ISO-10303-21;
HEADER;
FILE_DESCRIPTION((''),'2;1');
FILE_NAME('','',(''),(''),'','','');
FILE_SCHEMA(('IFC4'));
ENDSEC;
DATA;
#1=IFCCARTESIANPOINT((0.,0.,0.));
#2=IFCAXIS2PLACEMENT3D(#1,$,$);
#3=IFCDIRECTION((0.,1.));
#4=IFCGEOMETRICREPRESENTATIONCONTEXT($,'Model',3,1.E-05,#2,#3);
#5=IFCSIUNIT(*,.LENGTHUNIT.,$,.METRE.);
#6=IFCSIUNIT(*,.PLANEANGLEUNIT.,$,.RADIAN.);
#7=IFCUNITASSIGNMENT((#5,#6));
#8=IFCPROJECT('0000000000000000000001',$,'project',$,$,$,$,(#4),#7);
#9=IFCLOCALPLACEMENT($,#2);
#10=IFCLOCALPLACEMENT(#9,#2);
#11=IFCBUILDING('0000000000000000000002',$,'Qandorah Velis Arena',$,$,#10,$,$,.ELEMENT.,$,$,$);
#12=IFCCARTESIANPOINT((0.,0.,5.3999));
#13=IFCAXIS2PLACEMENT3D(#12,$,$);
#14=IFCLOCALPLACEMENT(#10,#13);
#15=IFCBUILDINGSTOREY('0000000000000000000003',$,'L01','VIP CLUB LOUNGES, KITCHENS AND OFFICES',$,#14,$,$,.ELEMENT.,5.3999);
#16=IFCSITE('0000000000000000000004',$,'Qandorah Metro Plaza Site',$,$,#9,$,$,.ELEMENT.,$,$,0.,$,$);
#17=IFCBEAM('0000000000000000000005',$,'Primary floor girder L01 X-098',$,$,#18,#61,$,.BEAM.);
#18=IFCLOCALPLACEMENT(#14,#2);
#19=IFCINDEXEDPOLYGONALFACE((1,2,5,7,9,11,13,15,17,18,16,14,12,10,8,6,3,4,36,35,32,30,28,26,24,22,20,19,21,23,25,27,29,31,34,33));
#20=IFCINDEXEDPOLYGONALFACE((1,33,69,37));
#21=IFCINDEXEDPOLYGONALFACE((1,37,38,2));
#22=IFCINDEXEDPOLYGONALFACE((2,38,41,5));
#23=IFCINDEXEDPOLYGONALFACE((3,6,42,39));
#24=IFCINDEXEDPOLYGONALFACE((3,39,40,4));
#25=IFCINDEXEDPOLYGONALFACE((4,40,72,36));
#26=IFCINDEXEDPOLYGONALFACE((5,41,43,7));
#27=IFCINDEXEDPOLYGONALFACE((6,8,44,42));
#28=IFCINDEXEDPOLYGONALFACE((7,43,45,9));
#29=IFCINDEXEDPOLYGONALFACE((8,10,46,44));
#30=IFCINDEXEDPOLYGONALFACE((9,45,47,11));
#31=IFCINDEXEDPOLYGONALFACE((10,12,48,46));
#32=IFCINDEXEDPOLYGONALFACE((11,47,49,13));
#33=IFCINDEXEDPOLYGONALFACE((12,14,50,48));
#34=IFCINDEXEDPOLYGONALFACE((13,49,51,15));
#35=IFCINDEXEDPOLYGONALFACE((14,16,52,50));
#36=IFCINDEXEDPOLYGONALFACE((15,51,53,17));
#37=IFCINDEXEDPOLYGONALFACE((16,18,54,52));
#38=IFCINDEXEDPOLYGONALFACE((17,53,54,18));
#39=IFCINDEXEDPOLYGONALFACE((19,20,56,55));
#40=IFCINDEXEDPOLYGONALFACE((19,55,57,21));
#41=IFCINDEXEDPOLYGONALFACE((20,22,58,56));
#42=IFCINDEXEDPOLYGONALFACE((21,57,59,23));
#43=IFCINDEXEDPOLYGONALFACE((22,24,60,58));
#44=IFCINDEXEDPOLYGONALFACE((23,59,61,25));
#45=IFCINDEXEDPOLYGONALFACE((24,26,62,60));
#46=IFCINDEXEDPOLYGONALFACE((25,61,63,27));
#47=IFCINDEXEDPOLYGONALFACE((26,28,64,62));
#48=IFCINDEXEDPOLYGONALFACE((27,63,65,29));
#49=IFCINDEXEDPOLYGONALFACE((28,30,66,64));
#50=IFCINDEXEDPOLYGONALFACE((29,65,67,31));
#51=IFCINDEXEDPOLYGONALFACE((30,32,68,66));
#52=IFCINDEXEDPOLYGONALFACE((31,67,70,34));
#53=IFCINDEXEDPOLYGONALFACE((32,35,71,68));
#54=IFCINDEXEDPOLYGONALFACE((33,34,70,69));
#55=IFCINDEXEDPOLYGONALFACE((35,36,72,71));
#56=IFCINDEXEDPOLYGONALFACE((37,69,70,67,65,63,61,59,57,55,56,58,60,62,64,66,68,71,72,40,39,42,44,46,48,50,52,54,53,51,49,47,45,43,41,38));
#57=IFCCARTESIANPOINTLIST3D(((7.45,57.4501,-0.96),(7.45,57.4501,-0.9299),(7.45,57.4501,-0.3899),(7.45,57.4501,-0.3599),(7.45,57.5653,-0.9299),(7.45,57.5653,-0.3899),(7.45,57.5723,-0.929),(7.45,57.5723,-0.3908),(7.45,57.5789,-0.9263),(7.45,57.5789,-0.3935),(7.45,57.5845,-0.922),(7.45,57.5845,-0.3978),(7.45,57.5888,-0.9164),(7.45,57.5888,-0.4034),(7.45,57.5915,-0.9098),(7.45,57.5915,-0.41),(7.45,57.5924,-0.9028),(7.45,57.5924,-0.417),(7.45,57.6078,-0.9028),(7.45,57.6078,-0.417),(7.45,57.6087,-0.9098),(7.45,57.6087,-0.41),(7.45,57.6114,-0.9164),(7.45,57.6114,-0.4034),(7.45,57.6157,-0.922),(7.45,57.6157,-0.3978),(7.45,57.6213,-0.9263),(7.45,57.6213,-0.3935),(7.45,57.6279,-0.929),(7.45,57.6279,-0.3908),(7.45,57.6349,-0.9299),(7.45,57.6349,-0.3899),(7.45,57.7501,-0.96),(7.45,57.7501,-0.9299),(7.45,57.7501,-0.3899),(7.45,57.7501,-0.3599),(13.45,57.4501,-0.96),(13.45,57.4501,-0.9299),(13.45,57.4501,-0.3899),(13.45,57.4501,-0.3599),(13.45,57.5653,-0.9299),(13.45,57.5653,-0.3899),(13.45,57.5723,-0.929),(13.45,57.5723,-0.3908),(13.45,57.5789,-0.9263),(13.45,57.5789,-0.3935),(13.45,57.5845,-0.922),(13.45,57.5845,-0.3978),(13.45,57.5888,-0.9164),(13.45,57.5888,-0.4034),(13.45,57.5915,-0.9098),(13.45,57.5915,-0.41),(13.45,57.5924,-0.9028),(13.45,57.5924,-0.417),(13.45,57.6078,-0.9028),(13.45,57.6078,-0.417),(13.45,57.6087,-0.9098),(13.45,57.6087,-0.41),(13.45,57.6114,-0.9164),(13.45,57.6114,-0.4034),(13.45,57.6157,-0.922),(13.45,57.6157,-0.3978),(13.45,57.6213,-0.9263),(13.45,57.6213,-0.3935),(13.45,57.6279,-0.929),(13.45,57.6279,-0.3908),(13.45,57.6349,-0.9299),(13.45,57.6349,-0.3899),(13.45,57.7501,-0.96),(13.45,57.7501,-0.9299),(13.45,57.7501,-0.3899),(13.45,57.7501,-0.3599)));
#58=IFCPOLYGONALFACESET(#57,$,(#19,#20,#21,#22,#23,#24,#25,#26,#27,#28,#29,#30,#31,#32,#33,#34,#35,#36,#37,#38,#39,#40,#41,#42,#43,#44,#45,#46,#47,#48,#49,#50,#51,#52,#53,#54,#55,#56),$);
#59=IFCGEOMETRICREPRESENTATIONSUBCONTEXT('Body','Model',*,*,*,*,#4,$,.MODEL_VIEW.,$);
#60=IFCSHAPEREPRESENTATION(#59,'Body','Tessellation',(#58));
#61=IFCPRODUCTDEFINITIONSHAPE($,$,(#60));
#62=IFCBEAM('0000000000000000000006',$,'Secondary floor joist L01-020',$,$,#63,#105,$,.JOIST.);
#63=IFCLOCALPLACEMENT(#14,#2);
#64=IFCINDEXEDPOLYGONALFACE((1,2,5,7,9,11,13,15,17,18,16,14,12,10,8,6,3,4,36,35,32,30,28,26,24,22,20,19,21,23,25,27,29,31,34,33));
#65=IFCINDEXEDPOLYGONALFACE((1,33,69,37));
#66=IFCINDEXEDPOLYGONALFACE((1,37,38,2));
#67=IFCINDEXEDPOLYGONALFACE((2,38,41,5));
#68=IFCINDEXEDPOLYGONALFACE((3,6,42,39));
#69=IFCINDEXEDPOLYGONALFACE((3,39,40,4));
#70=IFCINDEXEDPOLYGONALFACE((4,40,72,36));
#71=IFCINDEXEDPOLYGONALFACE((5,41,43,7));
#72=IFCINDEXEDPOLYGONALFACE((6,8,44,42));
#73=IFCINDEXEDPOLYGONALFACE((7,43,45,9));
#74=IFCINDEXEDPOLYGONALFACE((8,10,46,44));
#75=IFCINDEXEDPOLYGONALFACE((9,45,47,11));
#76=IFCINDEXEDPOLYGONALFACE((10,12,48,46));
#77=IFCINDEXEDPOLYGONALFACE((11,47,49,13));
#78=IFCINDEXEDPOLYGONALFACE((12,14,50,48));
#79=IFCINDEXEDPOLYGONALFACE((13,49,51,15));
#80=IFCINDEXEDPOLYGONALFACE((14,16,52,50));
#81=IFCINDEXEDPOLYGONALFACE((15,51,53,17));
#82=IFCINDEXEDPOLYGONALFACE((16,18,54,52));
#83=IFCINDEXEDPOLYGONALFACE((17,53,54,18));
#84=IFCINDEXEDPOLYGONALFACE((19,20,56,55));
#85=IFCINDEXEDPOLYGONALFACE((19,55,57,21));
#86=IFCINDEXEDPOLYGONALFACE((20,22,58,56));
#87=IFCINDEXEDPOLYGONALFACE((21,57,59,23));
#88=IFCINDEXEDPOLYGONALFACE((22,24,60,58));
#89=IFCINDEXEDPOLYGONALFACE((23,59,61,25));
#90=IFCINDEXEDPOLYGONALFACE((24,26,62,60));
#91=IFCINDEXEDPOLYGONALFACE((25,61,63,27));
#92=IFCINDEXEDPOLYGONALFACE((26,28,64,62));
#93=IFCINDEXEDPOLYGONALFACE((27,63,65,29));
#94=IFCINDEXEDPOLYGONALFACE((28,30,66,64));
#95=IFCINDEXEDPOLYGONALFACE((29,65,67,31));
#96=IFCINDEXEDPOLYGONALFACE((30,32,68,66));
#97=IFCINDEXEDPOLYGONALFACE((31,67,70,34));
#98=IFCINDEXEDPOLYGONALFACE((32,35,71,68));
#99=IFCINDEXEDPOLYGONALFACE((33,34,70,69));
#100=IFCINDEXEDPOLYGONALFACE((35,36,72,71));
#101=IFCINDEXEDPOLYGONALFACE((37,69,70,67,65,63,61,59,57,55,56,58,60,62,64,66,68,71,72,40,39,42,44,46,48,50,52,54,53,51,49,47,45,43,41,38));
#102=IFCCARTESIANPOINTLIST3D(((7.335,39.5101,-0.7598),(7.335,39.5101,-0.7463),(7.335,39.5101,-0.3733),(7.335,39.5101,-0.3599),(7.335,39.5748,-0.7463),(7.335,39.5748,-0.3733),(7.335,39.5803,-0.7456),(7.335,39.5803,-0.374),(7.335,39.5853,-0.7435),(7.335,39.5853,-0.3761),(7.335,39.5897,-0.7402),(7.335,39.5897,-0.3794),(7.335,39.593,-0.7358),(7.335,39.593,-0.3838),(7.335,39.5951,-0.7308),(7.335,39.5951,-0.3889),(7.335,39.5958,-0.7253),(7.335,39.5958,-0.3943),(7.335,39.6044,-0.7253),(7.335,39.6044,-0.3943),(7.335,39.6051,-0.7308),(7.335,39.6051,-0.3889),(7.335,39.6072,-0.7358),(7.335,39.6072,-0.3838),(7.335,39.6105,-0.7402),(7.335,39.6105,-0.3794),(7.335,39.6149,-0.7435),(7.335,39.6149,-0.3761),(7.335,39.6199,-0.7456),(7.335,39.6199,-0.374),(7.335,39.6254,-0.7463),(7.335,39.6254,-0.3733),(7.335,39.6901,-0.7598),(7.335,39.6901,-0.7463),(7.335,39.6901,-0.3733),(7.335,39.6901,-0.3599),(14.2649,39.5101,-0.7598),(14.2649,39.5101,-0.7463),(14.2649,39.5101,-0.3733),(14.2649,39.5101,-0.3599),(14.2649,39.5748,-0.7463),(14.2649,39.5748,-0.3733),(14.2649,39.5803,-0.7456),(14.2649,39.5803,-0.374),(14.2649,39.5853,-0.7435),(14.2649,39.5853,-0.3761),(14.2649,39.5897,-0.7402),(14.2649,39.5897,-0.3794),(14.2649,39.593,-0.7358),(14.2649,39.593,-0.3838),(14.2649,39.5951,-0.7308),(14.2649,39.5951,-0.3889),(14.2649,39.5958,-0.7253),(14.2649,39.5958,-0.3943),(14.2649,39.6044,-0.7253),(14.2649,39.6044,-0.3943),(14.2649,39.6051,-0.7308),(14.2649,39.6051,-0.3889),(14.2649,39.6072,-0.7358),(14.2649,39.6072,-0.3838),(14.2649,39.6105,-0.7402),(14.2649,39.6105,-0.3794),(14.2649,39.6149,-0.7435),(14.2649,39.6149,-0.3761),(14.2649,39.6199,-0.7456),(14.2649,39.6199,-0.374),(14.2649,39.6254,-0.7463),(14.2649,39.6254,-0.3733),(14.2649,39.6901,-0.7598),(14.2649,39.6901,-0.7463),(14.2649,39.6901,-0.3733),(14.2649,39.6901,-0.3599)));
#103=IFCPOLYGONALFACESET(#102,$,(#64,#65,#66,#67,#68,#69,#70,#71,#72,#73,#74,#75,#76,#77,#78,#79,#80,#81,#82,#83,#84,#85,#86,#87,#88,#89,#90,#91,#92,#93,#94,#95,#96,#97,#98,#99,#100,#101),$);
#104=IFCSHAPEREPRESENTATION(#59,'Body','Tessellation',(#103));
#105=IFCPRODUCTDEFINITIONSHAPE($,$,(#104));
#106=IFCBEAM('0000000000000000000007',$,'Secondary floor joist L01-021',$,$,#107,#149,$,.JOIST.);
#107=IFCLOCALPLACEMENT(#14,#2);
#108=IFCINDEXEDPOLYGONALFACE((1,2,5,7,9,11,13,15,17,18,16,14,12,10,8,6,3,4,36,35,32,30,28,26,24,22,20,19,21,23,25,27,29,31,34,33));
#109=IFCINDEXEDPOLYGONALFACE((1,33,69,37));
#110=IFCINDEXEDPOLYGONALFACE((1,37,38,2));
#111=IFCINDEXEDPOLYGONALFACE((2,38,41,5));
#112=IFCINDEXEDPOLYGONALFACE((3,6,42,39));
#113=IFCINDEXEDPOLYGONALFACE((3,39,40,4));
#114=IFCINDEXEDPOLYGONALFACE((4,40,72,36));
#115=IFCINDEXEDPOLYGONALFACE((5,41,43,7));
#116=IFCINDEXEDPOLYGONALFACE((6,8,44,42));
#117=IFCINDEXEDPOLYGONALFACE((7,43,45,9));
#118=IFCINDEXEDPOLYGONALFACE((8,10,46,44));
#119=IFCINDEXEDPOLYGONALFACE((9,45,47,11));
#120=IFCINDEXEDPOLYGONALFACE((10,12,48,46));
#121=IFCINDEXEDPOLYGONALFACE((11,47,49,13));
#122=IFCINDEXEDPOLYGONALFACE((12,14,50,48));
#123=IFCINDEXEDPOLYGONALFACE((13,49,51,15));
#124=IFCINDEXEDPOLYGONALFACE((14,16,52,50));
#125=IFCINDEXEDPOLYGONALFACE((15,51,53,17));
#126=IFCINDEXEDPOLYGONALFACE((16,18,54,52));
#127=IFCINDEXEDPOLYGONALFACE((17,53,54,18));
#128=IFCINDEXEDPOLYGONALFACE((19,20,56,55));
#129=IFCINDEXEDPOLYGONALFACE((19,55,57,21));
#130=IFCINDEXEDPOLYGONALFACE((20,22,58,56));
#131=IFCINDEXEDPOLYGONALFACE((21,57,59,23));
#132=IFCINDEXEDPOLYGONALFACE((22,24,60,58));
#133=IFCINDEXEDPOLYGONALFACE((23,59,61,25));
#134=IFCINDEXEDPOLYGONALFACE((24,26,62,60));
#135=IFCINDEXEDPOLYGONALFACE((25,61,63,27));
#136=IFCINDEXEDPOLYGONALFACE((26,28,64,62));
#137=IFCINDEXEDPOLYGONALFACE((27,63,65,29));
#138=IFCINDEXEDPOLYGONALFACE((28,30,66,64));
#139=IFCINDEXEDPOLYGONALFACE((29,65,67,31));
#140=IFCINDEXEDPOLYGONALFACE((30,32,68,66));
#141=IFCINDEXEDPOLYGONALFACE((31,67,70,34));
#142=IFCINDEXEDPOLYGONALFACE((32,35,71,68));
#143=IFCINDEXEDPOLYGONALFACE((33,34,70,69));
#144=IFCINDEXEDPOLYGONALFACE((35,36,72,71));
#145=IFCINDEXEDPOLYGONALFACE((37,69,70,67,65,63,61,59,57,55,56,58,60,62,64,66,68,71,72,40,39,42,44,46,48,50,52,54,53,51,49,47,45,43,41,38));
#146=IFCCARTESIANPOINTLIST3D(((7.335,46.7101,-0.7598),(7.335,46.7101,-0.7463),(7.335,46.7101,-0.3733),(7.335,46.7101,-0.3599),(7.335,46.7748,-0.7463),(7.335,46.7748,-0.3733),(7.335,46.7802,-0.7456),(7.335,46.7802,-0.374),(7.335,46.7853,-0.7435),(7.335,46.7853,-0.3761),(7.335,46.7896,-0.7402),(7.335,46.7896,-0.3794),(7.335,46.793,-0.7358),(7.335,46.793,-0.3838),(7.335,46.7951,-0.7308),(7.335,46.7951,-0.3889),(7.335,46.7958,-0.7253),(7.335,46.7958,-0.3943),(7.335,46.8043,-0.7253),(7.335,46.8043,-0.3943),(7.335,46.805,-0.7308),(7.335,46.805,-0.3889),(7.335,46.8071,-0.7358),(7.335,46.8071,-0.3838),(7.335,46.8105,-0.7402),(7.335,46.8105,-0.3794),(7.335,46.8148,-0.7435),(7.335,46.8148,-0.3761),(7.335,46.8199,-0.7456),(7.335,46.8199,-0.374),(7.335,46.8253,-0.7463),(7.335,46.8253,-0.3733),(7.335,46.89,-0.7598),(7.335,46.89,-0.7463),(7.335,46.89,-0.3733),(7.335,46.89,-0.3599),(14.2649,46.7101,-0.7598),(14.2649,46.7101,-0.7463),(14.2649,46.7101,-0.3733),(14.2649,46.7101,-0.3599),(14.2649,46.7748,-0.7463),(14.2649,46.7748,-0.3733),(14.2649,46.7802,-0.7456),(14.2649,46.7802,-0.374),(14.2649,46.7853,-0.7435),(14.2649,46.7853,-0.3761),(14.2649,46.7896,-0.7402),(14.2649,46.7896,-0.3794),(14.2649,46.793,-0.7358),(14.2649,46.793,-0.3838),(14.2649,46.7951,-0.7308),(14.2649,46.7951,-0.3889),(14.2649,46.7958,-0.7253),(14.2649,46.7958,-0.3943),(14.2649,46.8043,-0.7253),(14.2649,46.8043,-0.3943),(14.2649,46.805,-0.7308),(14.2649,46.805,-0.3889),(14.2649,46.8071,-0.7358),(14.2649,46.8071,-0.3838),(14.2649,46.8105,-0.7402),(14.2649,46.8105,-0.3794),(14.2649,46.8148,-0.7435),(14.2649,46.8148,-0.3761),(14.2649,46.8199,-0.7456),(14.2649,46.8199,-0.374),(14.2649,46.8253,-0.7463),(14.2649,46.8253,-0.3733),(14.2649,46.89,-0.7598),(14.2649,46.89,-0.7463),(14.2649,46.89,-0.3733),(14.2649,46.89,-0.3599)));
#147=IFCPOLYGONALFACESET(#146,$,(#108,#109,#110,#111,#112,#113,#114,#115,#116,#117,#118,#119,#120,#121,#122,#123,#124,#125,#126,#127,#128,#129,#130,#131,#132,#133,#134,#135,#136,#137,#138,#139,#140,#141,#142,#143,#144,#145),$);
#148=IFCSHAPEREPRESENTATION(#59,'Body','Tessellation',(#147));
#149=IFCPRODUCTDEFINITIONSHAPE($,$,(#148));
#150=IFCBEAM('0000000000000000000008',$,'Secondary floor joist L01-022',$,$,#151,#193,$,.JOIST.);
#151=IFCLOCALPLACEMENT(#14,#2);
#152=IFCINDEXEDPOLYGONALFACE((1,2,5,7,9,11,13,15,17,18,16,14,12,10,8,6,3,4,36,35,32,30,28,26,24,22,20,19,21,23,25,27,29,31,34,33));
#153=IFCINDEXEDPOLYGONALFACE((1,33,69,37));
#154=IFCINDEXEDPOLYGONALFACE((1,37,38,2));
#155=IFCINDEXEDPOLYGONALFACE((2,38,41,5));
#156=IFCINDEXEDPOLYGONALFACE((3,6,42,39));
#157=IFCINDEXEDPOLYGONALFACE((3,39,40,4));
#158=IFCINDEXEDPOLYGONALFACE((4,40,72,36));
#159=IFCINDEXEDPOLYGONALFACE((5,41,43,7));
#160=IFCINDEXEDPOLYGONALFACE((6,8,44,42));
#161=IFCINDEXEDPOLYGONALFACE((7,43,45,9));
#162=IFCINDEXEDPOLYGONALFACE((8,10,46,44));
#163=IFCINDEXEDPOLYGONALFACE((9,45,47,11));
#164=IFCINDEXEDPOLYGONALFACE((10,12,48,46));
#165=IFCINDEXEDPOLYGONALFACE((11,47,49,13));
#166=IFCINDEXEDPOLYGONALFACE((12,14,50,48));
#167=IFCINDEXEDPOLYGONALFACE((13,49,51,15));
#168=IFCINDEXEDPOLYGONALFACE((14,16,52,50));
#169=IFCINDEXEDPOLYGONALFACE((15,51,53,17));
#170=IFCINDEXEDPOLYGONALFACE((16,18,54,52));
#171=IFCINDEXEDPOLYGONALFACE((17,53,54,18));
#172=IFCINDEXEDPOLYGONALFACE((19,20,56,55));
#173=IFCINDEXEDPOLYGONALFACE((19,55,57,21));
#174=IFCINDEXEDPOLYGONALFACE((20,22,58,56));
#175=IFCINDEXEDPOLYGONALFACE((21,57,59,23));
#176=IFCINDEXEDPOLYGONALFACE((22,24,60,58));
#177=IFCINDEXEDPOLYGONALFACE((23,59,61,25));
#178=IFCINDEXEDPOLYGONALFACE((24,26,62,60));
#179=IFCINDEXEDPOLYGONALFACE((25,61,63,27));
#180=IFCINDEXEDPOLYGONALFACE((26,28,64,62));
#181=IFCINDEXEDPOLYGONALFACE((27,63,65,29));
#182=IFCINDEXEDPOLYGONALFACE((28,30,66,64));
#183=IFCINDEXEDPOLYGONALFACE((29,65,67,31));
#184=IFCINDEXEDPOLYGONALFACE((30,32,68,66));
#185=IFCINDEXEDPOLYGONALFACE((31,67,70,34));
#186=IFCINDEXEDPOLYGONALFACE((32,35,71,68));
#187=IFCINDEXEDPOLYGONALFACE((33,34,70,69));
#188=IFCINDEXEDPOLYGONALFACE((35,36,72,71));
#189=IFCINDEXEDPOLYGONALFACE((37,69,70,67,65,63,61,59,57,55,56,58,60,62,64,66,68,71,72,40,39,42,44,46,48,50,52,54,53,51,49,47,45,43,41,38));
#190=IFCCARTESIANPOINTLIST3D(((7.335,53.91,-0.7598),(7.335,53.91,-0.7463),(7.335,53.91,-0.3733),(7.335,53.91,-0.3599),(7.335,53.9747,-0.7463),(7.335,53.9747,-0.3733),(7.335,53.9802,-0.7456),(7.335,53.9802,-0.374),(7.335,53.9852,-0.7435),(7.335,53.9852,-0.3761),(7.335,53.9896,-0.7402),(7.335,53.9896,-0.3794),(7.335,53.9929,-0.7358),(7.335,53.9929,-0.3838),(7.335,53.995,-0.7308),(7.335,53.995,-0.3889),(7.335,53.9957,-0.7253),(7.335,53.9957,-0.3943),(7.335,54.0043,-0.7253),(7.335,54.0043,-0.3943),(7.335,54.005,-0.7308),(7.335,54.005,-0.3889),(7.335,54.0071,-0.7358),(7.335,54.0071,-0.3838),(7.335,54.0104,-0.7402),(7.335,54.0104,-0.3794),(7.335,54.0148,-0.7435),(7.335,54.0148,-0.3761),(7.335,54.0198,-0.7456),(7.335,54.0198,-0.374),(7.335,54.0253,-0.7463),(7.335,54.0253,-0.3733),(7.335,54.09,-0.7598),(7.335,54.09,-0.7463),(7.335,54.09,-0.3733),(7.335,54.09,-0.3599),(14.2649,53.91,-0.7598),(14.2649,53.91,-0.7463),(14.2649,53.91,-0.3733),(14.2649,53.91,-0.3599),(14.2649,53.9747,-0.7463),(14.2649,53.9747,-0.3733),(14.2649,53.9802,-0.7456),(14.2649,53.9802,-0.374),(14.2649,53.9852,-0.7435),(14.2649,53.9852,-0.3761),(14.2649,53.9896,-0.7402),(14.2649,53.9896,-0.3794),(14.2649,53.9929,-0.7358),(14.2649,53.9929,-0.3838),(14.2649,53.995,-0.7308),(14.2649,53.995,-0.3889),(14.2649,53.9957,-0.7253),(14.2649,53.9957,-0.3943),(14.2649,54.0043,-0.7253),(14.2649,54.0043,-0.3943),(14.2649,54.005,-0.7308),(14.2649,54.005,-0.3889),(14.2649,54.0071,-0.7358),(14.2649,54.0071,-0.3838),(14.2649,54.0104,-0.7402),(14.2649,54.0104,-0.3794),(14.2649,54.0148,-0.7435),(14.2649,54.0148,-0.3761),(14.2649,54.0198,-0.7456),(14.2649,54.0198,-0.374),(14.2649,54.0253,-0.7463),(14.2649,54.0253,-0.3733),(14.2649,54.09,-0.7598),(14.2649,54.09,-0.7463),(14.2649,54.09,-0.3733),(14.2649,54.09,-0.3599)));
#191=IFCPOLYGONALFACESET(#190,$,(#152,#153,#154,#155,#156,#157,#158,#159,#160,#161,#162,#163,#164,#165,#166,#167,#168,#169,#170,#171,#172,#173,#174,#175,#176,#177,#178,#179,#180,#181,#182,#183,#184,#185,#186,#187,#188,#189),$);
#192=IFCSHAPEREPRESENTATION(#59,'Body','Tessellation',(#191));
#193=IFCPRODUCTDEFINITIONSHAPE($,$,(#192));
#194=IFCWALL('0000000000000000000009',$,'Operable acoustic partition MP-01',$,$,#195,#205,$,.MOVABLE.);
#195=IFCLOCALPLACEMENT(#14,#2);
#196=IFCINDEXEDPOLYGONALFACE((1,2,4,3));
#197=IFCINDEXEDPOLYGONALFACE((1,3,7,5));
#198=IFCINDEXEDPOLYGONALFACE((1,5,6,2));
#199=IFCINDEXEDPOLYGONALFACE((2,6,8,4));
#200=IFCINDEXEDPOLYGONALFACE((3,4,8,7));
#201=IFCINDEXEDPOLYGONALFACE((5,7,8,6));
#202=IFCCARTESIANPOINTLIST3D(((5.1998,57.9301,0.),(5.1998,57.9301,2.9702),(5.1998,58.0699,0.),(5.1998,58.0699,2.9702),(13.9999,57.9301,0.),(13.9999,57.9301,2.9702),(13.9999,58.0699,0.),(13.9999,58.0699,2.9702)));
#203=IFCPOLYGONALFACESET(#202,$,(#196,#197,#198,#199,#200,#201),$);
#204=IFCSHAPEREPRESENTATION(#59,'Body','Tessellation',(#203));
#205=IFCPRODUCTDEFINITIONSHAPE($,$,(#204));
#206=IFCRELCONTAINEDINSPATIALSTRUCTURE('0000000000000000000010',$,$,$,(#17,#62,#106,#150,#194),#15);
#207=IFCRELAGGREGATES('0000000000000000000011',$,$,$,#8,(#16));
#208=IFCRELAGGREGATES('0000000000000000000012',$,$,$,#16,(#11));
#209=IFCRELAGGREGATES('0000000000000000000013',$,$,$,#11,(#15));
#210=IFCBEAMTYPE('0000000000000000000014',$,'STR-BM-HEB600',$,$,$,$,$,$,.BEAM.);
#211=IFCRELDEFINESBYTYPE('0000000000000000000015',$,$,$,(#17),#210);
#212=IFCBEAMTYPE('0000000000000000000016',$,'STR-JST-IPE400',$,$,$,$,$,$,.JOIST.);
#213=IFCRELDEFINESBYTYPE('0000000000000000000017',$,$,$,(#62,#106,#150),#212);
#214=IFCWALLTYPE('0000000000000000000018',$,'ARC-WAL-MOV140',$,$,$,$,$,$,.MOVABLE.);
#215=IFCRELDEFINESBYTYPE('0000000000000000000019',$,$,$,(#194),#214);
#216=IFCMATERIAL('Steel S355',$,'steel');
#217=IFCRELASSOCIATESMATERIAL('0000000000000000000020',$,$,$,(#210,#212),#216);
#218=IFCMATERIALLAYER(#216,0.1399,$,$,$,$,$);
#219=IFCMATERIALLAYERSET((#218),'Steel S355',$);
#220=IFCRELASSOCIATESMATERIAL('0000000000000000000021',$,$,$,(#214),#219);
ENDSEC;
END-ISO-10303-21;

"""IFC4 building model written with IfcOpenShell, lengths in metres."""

from ifc_helpers import new_model, si_unit, direction, frame, frame_2d, origin, origin_2d, place, context, subcontext, project, spatial, rectangle, i_section, extrude, material, layer, layer_set, material_profile, profile_set, type_object, element, save


model = new_model("IFC4")

# Units and contexts
model_context = context("Model", 3, precision=1e-05, world=origin(), true_north=direction((0.0, 1.0)))
body_context = subcontext(model_context, "Body", "Model", "MODEL_VIEW")
ifc_project = project(units=[si_unit("LENGTHUNIT", "METRE"), si_unit("PLANEANGLEUNIT", "RADIAN")], contexts=[model_context])

# Site, building, storey
site_placement = place(None, origin())
site = spatial("IfcSite", under=ifc_project, at=site_placement, Name="Qandorah Metro Plaza Site", CompositionType="ELEMENT", RefElevation=0.0)
building_placement = place(site_placement, origin())
building = spatial("IfcBuilding", under=site, at=building_placement, Name="Qandorah Velis Arena", CompositionType="ELEMENT")
storey_placement = place(building_placement, frame((0.0, 0.0, 5.3999)))
storey = spatial("IfcBuildingStorey", under=building, at=storey_placement, Name="L01", Description="VIP CLUB LOUNGES, KITCHENS AND OFFICES", CompositionType="ELEMENT", Elevation=5.3999)

# Beams
ifc_material_1 = material(Name="Steel S355", Category="steel")
ifc_material_profile_1 = material_profile(ifc_material_1, i_section(OverallWidth=0.3, OverallDepth=0.6001, WebThickness=0.0154, FlangeThickness=0.03, FilletRadius=0.0271, at=origin_2d()), Name="HEB 600")
ifc_profile_set_1 = profile_set([ifc_material_profile_1], Name="Steel S355")
beam_type_1 = type_object("IfcBeamType", Name="STR-BM-HEB600", PredefinedType="BEAM", material=ifc_profile_set_1)
beam_1_placement = place(storey_placement, frame((7.45, 57.6001, -0.6599), z_axis=(1.0, 0.0, 0.0), x_axis=(0.0, 1.0, 0.0)))
element("IfcBeam", 1, at=beam_1_placement, inside=storey, type_object=beam_type_1, Name="Primary floor girder L01 X-098", PredefinedType="BEAM", context=body_context, shape_type="SweptSolid", body=[
    extrude(i_section(OverallWidth=0.3, OverallDepth=0.6001, WebThickness=0.0154, FlangeThickness=0.03, FilletRadius=0.0271, at=origin_2d()), origin(), (0.0, 0.0, 1.0), 6.0),
])
ifc_material_profile_2 = material_profile(ifc_material_1, i_section(OverallWidth=0.1799, OverallDepth=0.3999, WebThickness=0.0085, FlangeThickness=0.0134, FilletRadius=0.021, at=origin_2d()), Name="IPE 400")
ifc_profile_set_2 = profile_set([ifc_material_profile_2], Name="Steel S355")
beam_type_2 = type_object("IfcBeamType", Name="STR-JST-IPE400", PredefinedType="JOIST", material=ifc_profile_set_2)
for number, where, z_axis, x_axis, name in (
    (2, (7.335, 39.6001, -0.5598), (1.0, 0.0, 0.0), (0.0, 1.0, 0.0), "Secondary floor joist L01-020"),
    (3, (7.335, 46.8, -0.5598), (1.0, 0.0, 0.0), (0.0, 1.0, 0.0), "Secondary floor joist L01-021"),
    (4, (7.335, 54.0, -0.5598), (1.0, 0.0, 0.0), (0.0, 1.0, 0.0), "Secondary floor joist L01-022"),
):
    element("IfcBeam", number, at=place(storey_placement, frame(where, z_axis=z_axis, x_axis=x_axis)), inside=storey, type_object=beam_type_2, Name=name, PredefinedType="JOIST", context=body_context, shape_type="SweptSolid", body=[
        extrude(i_section(OverallWidth=0.1799, OverallDepth=0.3999, WebThickness=0.0085, FlangeThickness=0.0134, FilletRadius=0.021, at=origin_2d()), origin(), (0.0, 0.0, 1.0), 6.9299),
    ])

# Wall
ifc_layer_1 = layer(ifc_material_1, 0.1399)
ifc_layer_set_1 = layer_set([ifc_layer_1], Name="Steel S355")
wall_type_1 = type_object("IfcWallType", Name="ARC-WAL-MOV140", PredefinedType="MOVABLE", material=ifc_layer_set_1)
wall_1_placement = place(storey_placement, frame((5.2, 58.0, 0.0), z_axis=(0.0, 0.0, 1.0), x_axis=(1.0, 0.0, 0.0)))
element("IfcWall", 5, at=wall_1_placement, inside=storey, type_object=wall_type_1, Name="Operable acoustic partition MP-01", PredefinedType="MOVABLE", context=body_context, shape_type="SweptSolid", body=[
    extrude(rectangle(XDim=8.8, YDim=0.1399, at=frame_2d((4.3999, 0.0))), origin(), (0.0, 0.0, 1.0), 2.9702),
])

save(model, "model.ifc")
